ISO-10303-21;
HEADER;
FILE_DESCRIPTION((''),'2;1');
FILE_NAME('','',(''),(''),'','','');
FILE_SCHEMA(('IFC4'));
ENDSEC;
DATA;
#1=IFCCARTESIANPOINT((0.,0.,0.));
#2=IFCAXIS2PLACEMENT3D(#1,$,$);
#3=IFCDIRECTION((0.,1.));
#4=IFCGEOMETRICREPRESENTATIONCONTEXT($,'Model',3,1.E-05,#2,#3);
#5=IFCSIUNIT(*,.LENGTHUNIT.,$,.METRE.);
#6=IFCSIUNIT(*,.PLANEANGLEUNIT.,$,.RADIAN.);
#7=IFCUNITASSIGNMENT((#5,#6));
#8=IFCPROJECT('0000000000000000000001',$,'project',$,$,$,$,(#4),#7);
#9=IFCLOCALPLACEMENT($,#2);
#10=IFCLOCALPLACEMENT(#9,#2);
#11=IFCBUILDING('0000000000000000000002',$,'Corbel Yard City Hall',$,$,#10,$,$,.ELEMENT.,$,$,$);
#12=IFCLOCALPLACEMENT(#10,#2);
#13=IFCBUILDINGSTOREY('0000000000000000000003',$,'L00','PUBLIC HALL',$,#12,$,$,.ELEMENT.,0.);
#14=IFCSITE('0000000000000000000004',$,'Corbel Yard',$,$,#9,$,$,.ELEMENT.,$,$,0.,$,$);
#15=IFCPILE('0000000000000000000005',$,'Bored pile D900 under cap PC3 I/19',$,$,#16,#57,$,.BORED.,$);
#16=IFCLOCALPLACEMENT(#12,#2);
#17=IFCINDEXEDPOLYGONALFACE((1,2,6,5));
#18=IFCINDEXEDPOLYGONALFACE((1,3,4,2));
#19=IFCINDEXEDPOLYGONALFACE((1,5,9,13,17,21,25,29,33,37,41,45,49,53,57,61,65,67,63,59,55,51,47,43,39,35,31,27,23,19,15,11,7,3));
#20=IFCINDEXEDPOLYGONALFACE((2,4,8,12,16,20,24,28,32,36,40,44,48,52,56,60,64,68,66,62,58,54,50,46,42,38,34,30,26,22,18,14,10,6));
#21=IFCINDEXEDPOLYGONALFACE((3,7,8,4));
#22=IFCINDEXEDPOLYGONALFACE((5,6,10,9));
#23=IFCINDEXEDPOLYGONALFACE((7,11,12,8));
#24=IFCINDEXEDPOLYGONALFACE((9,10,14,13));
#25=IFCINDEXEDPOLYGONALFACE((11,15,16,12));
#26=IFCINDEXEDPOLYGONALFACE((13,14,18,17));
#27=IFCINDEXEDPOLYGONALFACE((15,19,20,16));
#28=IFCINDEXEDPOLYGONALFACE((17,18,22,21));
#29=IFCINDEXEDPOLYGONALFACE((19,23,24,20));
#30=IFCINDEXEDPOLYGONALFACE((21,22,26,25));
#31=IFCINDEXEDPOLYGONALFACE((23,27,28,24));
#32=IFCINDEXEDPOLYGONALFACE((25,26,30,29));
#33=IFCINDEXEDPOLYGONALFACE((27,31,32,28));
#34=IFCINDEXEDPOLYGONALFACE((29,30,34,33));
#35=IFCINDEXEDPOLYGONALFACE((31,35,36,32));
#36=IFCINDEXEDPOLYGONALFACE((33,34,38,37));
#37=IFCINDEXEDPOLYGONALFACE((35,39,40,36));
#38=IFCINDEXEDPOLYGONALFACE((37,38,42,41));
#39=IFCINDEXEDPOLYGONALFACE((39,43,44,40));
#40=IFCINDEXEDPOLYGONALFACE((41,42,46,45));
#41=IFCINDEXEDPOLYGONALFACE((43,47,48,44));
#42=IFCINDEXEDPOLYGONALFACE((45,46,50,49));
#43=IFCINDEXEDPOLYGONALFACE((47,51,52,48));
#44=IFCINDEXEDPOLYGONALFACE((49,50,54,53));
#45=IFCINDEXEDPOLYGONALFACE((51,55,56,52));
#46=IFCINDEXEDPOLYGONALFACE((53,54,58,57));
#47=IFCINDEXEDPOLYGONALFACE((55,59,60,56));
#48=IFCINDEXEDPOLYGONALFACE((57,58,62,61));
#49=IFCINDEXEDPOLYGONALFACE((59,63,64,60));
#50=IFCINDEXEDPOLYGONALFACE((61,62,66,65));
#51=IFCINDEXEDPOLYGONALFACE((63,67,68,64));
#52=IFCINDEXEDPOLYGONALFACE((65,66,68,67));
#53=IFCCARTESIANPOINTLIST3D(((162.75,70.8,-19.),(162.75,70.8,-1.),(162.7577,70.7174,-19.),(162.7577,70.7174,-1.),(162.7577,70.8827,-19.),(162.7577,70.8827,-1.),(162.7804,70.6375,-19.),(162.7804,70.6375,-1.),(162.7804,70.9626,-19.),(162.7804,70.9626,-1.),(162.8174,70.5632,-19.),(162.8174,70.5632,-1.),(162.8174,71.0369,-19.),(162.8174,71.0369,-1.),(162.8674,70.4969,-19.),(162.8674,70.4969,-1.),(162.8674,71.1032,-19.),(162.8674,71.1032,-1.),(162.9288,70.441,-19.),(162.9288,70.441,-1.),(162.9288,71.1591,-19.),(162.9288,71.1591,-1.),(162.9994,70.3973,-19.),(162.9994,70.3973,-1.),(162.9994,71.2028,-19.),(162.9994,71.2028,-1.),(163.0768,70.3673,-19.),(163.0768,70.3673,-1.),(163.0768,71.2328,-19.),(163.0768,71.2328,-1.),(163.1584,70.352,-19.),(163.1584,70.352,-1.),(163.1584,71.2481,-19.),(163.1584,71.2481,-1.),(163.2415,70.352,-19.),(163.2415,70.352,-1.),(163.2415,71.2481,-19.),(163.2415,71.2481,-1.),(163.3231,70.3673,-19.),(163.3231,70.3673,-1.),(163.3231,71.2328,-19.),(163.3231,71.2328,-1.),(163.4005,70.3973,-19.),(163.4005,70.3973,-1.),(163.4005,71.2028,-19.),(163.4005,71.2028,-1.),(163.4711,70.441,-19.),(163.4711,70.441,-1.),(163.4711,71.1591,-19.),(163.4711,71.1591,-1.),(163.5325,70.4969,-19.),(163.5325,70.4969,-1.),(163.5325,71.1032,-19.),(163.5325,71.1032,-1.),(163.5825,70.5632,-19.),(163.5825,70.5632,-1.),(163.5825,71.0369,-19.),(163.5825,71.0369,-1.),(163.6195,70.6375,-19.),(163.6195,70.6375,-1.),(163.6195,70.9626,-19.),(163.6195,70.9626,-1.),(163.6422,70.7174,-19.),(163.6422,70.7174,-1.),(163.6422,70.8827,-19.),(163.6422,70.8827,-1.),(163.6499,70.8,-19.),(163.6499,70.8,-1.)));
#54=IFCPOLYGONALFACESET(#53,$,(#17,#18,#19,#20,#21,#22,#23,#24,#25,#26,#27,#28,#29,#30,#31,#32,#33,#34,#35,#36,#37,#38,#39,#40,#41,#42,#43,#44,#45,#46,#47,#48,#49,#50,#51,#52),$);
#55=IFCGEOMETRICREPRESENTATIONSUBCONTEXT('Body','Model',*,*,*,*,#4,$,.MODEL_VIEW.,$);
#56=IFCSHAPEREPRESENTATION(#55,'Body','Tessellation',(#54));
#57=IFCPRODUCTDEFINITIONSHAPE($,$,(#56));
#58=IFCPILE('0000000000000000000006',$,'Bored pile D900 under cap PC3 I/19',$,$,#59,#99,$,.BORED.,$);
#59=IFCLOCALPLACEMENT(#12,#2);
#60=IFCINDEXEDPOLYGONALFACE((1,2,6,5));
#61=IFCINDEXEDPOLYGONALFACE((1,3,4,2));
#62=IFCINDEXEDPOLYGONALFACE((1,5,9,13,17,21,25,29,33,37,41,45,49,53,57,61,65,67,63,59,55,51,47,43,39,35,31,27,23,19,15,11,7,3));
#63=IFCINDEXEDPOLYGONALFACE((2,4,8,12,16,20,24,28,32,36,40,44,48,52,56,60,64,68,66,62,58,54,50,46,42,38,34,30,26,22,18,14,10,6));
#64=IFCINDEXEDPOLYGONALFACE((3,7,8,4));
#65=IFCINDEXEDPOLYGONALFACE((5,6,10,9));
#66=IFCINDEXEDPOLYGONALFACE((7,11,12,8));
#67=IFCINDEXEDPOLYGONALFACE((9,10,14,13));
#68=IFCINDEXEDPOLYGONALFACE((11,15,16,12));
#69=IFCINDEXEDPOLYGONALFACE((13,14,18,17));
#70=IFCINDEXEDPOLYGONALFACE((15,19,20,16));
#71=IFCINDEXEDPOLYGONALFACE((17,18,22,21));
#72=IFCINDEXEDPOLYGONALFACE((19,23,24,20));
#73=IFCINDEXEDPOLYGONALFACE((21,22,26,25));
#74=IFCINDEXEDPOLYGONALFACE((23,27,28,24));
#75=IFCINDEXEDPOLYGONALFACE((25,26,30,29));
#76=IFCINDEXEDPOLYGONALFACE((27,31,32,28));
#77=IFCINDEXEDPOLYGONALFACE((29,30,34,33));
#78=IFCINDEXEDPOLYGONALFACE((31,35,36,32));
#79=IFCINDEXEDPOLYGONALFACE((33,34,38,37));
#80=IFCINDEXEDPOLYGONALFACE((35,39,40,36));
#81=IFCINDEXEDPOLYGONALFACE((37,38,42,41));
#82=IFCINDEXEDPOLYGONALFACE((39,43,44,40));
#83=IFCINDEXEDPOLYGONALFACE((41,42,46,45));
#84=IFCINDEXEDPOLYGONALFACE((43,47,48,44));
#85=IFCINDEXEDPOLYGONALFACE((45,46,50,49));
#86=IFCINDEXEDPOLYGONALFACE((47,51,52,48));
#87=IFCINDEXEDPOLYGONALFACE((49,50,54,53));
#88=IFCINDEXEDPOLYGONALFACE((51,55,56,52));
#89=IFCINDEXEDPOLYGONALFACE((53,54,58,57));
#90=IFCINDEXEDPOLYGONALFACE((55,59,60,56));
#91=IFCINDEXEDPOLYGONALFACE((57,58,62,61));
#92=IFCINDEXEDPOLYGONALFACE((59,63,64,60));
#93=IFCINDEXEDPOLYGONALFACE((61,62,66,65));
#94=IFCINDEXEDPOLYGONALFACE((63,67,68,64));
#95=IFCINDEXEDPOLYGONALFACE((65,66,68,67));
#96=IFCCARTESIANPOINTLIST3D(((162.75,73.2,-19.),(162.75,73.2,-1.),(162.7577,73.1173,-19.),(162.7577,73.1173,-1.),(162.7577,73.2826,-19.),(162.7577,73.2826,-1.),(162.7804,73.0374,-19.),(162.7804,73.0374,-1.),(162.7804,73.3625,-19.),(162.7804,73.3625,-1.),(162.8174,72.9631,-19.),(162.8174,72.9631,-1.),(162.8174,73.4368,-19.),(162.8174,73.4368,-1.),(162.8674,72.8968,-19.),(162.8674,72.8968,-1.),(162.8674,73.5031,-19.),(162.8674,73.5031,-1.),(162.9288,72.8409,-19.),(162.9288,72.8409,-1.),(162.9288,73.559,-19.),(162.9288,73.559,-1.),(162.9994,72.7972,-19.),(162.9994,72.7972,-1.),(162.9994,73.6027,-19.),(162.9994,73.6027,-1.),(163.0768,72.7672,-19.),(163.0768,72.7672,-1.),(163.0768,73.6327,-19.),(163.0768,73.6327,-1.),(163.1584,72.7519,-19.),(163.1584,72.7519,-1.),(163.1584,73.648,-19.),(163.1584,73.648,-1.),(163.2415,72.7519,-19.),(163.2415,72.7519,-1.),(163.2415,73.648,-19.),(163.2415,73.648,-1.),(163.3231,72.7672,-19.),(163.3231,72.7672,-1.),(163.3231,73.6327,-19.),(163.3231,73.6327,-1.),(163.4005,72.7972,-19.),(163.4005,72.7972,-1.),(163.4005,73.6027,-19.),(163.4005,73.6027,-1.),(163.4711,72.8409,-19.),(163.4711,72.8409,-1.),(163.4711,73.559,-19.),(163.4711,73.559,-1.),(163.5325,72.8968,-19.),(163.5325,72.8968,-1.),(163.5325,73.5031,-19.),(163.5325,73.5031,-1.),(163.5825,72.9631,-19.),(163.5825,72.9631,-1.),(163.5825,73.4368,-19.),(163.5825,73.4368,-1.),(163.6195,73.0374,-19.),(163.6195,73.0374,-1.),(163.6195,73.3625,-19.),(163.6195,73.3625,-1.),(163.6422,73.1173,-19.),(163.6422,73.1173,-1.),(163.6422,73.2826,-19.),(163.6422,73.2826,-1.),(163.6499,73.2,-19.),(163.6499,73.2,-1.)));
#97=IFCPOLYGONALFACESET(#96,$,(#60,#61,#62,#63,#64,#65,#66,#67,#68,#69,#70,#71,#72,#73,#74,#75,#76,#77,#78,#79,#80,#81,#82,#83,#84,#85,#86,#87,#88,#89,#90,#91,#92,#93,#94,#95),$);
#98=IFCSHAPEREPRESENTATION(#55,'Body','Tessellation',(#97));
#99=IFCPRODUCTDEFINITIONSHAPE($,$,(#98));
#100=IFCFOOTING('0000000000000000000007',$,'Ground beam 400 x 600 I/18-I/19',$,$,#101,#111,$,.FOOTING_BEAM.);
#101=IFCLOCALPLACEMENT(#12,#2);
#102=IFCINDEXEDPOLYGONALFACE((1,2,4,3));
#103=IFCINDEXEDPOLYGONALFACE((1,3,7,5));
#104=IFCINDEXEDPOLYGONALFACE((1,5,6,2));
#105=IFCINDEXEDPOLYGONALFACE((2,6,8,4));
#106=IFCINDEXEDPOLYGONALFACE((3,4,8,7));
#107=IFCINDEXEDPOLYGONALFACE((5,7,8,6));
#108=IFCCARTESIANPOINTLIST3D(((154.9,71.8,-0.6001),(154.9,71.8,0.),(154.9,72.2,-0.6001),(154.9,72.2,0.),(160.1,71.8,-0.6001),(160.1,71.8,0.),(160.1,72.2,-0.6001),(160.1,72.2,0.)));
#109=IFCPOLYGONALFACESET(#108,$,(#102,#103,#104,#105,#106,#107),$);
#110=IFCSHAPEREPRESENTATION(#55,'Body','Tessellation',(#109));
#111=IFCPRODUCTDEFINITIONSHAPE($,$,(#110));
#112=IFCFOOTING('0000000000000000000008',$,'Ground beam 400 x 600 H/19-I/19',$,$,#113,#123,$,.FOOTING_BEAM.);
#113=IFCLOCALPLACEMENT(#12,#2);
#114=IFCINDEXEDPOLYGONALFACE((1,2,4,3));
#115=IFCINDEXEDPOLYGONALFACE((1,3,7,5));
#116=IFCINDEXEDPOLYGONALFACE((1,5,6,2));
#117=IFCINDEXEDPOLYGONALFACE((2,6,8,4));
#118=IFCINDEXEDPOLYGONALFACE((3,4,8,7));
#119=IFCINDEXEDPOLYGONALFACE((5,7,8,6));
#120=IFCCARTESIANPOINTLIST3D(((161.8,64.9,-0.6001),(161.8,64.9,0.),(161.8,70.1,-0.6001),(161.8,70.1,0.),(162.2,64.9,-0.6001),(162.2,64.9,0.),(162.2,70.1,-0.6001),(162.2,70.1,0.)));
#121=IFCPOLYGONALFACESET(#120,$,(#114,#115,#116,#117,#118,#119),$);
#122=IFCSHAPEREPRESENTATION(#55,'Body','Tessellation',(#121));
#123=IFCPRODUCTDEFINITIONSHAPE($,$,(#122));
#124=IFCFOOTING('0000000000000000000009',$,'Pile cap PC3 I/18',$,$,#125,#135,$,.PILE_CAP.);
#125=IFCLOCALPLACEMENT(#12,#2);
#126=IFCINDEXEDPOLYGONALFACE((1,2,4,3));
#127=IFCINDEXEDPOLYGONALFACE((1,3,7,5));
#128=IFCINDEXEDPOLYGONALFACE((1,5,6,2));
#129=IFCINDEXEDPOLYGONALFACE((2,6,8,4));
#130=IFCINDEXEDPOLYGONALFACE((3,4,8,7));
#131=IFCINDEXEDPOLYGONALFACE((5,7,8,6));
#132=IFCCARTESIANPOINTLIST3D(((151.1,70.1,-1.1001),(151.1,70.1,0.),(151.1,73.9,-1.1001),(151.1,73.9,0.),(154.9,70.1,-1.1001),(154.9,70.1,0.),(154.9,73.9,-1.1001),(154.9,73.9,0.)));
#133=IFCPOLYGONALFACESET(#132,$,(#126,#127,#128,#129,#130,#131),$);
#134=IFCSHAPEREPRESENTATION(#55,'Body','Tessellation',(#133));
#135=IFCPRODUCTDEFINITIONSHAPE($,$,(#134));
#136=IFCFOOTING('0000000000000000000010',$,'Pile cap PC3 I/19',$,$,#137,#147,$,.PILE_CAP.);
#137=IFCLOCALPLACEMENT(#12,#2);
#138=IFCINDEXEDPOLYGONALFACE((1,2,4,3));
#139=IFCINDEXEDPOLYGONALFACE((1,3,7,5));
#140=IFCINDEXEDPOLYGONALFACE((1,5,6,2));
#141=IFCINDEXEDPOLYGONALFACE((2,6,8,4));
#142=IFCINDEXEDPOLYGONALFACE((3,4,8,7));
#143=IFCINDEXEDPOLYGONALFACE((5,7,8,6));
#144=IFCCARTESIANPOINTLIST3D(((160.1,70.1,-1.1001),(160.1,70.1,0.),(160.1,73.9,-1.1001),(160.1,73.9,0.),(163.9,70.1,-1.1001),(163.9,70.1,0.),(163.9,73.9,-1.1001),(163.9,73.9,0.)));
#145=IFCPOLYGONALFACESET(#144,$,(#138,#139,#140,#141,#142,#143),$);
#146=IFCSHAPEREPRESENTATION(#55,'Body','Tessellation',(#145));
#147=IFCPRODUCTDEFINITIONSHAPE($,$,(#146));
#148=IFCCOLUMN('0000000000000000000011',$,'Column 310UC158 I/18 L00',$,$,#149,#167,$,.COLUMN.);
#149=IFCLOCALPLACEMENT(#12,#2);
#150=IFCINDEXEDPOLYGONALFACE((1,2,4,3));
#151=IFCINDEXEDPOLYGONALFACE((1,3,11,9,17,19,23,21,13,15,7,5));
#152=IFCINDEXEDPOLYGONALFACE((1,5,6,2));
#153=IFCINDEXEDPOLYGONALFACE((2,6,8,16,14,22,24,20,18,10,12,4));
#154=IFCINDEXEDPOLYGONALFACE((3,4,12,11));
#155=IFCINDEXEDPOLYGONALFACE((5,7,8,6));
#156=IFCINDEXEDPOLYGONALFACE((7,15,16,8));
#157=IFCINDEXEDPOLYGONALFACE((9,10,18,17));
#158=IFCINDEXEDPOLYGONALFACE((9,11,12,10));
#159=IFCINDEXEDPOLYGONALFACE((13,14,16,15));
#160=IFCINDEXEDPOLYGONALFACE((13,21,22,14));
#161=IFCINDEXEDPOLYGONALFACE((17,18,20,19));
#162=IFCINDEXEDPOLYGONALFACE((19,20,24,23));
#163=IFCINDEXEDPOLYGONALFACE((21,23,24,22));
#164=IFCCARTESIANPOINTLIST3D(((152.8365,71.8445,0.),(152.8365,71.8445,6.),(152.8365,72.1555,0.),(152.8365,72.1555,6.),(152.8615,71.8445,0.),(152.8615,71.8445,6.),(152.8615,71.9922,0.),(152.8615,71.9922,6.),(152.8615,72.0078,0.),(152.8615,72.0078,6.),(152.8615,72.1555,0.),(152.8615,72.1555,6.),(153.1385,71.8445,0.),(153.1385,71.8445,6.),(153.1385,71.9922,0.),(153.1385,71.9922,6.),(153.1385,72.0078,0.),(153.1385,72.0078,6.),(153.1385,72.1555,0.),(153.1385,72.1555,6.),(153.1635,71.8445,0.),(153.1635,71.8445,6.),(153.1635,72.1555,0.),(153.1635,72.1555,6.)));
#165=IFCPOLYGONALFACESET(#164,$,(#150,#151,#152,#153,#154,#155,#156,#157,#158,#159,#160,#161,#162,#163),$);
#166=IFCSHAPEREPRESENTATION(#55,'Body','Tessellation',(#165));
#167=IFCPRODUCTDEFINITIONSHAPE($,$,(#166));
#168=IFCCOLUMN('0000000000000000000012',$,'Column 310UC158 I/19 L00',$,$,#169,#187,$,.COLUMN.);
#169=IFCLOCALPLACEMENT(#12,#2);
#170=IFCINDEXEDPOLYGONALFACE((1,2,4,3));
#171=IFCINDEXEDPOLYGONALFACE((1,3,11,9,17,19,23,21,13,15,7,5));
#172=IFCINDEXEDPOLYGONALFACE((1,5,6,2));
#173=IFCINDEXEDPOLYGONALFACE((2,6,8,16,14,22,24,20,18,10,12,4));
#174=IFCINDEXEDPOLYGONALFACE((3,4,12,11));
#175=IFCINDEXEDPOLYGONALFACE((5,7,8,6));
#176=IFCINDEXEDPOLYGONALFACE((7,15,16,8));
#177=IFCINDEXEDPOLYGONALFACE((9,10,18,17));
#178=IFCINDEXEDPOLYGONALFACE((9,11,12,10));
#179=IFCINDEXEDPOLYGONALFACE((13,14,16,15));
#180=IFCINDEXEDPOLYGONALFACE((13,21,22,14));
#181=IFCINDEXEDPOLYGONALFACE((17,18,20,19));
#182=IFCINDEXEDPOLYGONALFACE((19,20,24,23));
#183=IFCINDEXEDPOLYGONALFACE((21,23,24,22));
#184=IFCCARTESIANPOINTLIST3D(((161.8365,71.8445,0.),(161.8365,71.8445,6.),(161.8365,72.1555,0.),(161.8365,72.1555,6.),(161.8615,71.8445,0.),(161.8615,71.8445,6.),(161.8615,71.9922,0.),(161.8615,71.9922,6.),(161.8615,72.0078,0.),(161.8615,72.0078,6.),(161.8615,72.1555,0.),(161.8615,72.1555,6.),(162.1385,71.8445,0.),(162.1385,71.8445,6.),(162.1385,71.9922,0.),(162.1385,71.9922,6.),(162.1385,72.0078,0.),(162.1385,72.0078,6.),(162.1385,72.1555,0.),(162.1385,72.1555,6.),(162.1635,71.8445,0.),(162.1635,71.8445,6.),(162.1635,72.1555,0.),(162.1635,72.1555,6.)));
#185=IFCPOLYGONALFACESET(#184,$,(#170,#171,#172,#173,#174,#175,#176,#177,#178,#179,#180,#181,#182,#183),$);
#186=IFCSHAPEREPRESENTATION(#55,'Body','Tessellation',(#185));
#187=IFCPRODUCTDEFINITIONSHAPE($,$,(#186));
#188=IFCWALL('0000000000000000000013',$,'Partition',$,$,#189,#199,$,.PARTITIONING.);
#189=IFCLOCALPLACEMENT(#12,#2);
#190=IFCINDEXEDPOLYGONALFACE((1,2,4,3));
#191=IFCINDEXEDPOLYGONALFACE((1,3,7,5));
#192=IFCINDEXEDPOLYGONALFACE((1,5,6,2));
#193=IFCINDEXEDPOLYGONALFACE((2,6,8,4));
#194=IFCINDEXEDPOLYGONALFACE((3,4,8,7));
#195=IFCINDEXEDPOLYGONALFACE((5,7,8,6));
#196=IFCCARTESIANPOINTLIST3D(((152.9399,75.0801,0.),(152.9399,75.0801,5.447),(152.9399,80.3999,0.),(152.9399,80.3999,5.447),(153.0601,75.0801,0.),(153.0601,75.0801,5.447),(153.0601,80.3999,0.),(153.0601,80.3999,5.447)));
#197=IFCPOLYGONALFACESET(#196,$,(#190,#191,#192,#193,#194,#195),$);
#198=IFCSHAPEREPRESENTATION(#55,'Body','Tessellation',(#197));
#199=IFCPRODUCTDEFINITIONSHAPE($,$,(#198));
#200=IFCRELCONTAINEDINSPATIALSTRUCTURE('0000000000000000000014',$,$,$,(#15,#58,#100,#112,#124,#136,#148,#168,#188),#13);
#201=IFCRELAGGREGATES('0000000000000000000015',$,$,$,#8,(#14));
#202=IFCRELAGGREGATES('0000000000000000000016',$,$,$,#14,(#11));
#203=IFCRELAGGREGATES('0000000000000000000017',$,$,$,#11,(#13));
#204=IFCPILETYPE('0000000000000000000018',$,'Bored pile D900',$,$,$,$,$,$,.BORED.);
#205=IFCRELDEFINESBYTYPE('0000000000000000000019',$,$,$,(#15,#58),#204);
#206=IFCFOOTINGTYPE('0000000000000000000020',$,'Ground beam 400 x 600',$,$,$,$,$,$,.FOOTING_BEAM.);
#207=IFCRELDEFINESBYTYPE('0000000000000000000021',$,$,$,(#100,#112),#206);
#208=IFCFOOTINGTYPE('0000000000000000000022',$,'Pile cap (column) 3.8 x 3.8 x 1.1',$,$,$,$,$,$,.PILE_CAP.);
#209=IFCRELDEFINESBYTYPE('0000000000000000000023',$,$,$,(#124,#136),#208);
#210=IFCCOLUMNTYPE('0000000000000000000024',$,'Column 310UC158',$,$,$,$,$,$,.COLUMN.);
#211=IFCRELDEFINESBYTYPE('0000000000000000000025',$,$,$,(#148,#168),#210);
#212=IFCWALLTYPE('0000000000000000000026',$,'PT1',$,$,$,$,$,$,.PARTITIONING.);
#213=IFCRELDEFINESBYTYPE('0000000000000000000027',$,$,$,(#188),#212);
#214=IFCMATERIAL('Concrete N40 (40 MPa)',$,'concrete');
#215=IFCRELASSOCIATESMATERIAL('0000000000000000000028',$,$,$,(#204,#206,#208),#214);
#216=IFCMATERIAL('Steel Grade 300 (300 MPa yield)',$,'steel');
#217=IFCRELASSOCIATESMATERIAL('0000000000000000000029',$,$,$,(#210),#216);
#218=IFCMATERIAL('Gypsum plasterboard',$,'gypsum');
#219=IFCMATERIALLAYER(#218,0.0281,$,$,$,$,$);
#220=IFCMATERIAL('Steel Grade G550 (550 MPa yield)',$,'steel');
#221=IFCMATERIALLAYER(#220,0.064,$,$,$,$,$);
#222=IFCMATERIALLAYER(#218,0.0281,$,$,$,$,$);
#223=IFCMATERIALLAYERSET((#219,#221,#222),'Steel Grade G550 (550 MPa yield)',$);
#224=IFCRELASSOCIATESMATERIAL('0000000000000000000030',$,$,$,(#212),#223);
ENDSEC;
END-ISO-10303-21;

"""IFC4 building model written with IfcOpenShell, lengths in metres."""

from ifc_helpers import new_model, si_unit, direction, frame, frame_2d, origin, origin_2d, place, context, subcontext, project, spatial, rectangle, circle, i_section, extrude, material, layer, layer_set, material_profile, profile_set, type_object, element, save


model = new_model("IFC4")

# Units and contexts
model_context = context("Model", 3, precision=1e-05, world=origin(), true_north=direction((0.0, 1.0)))
body_context = subcontext(model_context, "Body", "Model", "MODEL_VIEW")
ifc_project = project(units=[si_unit("LENGTHUNIT", "METRE"), si_unit("PLANEANGLEUNIT", "RADIAN")], contexts=[model_context])

# Site, building, storey
site_placement = place(None, origin())
site = spatial("IfcSite", under=ifc_project, at=site_placement, Name="Corbel Yard", CompositionType="ELEMENT", RefElevation=0.0)
building_placement = place(site_placement, origin())
building = spatial("IfcBuilding", under=site, at=building_placement, Name="Corbel Yard City Hall", CompositionType="ELEMENT")
storey_placement = place(building_placement, origin())
storey = spatial("IfcBuildingStorey", under=building, at=storey_placement, Name="L00", Description="PUBLIC HALL", CompositionType="ELEMENT", Elevation=0.0)

# Piles
ifc_material_1 = material(Name="Concrete N40 (40 MPa)", Category="concrete")
ifc_material_profile_1 = material_profile(ifc_material_1, circle(Radius=0.45, at=origin_2d()), Name="D900")
ifc_profile_set_1 = profile_set([ifc_material_profile_1], Name="Concrete N40 (40 MPa)")
pile_type = type_object("IfcPileType", Name="Bored pile D900", PredefinedType="BORED", material=ifc_profile_set_1)
for number, where, z_axis, x_axis, name in (
    (1, (163.2, 70.8, -1.0), (0.0, 0.0, -1.0), (1.0, 0.0, 0.0), "Bored pile D900 under cap PC3 I/19"),
    (2, (163.2, 73.2, -1.0), (0.0, 0.0, -1.0), (1.0, 0.0, 0.0), "Bored pile D900 under cap PC3 I/19"),
):
    element("IfcPile", number, at=place(storey_placement, frame(where, z_axis=z_axis, x_axis=x_axis)), inside=storey, type_object=pile_type, Name=name, PredefinedType="BORED", context=body_context, shape_type="SweptSolid", body=[
        extrude(circle(Radius=0.45, at=origin_2d()), origin(), (0.0, 0.0, 1.0), 18.0),
    ])

# Footings
footing_type_1 = type_object("IfcFootingType", Name="Ground beam 400 x 600", PredefinedType="FOOTING_BEAM", material=ifc_material_1)
footing_1_placement = place(storey_placement, frame((157.5, 72.0, -0.6001), z_axis=(0.0, 0.0, 1.0), x_axis=(1.0, 0.0, 0.0)))
element("IfcFooting", 3, at=footing_1_placement, inside=storey, type_object=footing_type_1, Name="Ground beam 400 x 600 I/18-I/19", PredefinedType="FOOTING_BEAM", context=body_context, shape_type="SweptSolid", body=[
    extrude(rectangle(XDim=5.2, YDim=0.3999, at=origin_2d()), origin(), (0.0, 0.0, 1.0), 0.6001),
])
footing_2_placement = place(storey_placement, frame((162.0, 67.5, -0.6001), z_axis=(0.0, 0.0, 1.0), x_axis=(1.0, 0.0, 0.0)))
element("IfcFooting", 4, at=footing_2_placement, inside=storey, type_object=footing_type_1, Name="Ground beam 400 x 600 H/19-I/19", PredefinedType="FOOTING_BEAM", context=body_context, shape_type="SweptSolid", body=[
    extrude(rectangle(XDim=0.3999, YDim=5.2, at=origin_2d()), origin(), (0.0, 0.0, 1.0), 0.6001),
])
footing_type_2 = type_object("IfcFootingType", Name="Pile cap (column) 3.8 x 3.8 x 1.1", PredefinedType="PILE_CAP", material=ifc_material_1)
for number, where, z_axis, x_axis, name in (
    (5, (153.0, 72.0, -1.1001), (0.0, 0.0, 1.0), (1.0, 0.0, 0.0), "Pile cap PC3 I/18"),
    (6, (162.0, 72.0, -1.1001), (0.0, 0.0, 1.0), (1.0, 0.0, 0.0), "Pile cap PC3 I/19"),
):
    element("IfcFooting", number, at=place(storey_placement, frame(where, z_axis=z_axis, x_axis=x_axis)), inside=storey, type_object=footing_type_2, Name=name, PredefinedType="PILE_CAP", context=body_context, shape_type="SweptSolid", body=[
        extrude(rectangle(XDim=3.8, YDim=3.8, at=origin_2d()), origin(), (0.0, 0.0, 1.0), 1.1001),
    ])

# Columns
ifc_material_2 = material(Name="Steel Grade 300 (300 MPa yield)", Category="steel")
ifc_material_profile_2 = material_profile(ifc_material_2, i_section(OverallWidth=0.311, OverallDepth=0.3269, WebThickness=0.0156, FlangeThickness=0.0249, at=origin_2d()), Name="310UC158")
ifc_profile_set_2 = profile_set([ifc_material_profile_2], Name="Steel Grade 300 (300 MPa yield)")
column_type = type_object("IfcColumnType", Name="Column 310UC158", PredefinedType="COLUMN", material=ifc_profile_set_2)
for number, where, z_axis, x_axis, name in (
    (7, (153.0, 72.0, 0.0), (0.0, 0.0, 1.0), (0.0, 1.0, 0.0), "Column 310UC158 I/18 L00"),
    (8, (162.0, 72.0, 0.0), (0.0, 0.0, 1.0), (0.0, 1.0, 0.0), "Column 310UC158 I/19 L00"),
):
    element("IfcColumn", number, at=place(storey_placement, frame(where, z_axis=z_axis, x_axis=x_axis)), inside=storey, type_object=column_type, Name=name, PredefinedType="COLUMN", context=body_context, shape_type="SweptSolid", body=[
        extrude(i_section(OverallWidth=0.311, OverallDepth=0.3269, WebThickness=0.0156, FlangeThickness=0.0249, at=origin_2d()), origin(), (0.0, 0.0, 1.0), 6.0),
    ])

# Wall
ifc_material_3 = material(Name="Gypsum plasterboard", Category="gypsum")
ifc_layer_1 = layer(ifc_material_3, 0.0281)
ifc_material_4 = material(Name="Steel Grade G550 (550 MPa yield)", Category="steel")
ifc_layer_2 = layer(ifc_material_4, 0.064)
ifc_layer_3 = layer(ifc_material_3, 0.0281)
ifc_layer_set_1 = layer_set([ifc_layer_1, ifc_layer_2, ifc_layer_3], Name="Steel Grade G550 (550 MPa yield)")
wall_type_1 = type_object("IfcWallType", Name="PT1", PredefinedType="PARTITIONING", material=ifc_layer_set_1)
for number, where, z_axis, x_axis, name in (
    (9, (153.0, 75.0801, 0.0), (0.0, 0.0, 1.0), (0.0, 1.0, 0.0), "Partition"),
):
    element("IfcWall", number, at=place(storey_placement, frame(where, z_axis=z_axis, x_axis=x_axis)), inside=storey, type_object=wall_type_1, Name=name, PredefinedType="PARTITIONING", context=body_context, shape_type="SweptSolid", body=[
        extrude(rectangle(XDim=5.3198, YDim=0.1201, at=frame_2d((2.6599, 0.0))), origin(), (0.0, 0.0, 1.0), 5.447),
    ])

save(model, "model.ifc")
